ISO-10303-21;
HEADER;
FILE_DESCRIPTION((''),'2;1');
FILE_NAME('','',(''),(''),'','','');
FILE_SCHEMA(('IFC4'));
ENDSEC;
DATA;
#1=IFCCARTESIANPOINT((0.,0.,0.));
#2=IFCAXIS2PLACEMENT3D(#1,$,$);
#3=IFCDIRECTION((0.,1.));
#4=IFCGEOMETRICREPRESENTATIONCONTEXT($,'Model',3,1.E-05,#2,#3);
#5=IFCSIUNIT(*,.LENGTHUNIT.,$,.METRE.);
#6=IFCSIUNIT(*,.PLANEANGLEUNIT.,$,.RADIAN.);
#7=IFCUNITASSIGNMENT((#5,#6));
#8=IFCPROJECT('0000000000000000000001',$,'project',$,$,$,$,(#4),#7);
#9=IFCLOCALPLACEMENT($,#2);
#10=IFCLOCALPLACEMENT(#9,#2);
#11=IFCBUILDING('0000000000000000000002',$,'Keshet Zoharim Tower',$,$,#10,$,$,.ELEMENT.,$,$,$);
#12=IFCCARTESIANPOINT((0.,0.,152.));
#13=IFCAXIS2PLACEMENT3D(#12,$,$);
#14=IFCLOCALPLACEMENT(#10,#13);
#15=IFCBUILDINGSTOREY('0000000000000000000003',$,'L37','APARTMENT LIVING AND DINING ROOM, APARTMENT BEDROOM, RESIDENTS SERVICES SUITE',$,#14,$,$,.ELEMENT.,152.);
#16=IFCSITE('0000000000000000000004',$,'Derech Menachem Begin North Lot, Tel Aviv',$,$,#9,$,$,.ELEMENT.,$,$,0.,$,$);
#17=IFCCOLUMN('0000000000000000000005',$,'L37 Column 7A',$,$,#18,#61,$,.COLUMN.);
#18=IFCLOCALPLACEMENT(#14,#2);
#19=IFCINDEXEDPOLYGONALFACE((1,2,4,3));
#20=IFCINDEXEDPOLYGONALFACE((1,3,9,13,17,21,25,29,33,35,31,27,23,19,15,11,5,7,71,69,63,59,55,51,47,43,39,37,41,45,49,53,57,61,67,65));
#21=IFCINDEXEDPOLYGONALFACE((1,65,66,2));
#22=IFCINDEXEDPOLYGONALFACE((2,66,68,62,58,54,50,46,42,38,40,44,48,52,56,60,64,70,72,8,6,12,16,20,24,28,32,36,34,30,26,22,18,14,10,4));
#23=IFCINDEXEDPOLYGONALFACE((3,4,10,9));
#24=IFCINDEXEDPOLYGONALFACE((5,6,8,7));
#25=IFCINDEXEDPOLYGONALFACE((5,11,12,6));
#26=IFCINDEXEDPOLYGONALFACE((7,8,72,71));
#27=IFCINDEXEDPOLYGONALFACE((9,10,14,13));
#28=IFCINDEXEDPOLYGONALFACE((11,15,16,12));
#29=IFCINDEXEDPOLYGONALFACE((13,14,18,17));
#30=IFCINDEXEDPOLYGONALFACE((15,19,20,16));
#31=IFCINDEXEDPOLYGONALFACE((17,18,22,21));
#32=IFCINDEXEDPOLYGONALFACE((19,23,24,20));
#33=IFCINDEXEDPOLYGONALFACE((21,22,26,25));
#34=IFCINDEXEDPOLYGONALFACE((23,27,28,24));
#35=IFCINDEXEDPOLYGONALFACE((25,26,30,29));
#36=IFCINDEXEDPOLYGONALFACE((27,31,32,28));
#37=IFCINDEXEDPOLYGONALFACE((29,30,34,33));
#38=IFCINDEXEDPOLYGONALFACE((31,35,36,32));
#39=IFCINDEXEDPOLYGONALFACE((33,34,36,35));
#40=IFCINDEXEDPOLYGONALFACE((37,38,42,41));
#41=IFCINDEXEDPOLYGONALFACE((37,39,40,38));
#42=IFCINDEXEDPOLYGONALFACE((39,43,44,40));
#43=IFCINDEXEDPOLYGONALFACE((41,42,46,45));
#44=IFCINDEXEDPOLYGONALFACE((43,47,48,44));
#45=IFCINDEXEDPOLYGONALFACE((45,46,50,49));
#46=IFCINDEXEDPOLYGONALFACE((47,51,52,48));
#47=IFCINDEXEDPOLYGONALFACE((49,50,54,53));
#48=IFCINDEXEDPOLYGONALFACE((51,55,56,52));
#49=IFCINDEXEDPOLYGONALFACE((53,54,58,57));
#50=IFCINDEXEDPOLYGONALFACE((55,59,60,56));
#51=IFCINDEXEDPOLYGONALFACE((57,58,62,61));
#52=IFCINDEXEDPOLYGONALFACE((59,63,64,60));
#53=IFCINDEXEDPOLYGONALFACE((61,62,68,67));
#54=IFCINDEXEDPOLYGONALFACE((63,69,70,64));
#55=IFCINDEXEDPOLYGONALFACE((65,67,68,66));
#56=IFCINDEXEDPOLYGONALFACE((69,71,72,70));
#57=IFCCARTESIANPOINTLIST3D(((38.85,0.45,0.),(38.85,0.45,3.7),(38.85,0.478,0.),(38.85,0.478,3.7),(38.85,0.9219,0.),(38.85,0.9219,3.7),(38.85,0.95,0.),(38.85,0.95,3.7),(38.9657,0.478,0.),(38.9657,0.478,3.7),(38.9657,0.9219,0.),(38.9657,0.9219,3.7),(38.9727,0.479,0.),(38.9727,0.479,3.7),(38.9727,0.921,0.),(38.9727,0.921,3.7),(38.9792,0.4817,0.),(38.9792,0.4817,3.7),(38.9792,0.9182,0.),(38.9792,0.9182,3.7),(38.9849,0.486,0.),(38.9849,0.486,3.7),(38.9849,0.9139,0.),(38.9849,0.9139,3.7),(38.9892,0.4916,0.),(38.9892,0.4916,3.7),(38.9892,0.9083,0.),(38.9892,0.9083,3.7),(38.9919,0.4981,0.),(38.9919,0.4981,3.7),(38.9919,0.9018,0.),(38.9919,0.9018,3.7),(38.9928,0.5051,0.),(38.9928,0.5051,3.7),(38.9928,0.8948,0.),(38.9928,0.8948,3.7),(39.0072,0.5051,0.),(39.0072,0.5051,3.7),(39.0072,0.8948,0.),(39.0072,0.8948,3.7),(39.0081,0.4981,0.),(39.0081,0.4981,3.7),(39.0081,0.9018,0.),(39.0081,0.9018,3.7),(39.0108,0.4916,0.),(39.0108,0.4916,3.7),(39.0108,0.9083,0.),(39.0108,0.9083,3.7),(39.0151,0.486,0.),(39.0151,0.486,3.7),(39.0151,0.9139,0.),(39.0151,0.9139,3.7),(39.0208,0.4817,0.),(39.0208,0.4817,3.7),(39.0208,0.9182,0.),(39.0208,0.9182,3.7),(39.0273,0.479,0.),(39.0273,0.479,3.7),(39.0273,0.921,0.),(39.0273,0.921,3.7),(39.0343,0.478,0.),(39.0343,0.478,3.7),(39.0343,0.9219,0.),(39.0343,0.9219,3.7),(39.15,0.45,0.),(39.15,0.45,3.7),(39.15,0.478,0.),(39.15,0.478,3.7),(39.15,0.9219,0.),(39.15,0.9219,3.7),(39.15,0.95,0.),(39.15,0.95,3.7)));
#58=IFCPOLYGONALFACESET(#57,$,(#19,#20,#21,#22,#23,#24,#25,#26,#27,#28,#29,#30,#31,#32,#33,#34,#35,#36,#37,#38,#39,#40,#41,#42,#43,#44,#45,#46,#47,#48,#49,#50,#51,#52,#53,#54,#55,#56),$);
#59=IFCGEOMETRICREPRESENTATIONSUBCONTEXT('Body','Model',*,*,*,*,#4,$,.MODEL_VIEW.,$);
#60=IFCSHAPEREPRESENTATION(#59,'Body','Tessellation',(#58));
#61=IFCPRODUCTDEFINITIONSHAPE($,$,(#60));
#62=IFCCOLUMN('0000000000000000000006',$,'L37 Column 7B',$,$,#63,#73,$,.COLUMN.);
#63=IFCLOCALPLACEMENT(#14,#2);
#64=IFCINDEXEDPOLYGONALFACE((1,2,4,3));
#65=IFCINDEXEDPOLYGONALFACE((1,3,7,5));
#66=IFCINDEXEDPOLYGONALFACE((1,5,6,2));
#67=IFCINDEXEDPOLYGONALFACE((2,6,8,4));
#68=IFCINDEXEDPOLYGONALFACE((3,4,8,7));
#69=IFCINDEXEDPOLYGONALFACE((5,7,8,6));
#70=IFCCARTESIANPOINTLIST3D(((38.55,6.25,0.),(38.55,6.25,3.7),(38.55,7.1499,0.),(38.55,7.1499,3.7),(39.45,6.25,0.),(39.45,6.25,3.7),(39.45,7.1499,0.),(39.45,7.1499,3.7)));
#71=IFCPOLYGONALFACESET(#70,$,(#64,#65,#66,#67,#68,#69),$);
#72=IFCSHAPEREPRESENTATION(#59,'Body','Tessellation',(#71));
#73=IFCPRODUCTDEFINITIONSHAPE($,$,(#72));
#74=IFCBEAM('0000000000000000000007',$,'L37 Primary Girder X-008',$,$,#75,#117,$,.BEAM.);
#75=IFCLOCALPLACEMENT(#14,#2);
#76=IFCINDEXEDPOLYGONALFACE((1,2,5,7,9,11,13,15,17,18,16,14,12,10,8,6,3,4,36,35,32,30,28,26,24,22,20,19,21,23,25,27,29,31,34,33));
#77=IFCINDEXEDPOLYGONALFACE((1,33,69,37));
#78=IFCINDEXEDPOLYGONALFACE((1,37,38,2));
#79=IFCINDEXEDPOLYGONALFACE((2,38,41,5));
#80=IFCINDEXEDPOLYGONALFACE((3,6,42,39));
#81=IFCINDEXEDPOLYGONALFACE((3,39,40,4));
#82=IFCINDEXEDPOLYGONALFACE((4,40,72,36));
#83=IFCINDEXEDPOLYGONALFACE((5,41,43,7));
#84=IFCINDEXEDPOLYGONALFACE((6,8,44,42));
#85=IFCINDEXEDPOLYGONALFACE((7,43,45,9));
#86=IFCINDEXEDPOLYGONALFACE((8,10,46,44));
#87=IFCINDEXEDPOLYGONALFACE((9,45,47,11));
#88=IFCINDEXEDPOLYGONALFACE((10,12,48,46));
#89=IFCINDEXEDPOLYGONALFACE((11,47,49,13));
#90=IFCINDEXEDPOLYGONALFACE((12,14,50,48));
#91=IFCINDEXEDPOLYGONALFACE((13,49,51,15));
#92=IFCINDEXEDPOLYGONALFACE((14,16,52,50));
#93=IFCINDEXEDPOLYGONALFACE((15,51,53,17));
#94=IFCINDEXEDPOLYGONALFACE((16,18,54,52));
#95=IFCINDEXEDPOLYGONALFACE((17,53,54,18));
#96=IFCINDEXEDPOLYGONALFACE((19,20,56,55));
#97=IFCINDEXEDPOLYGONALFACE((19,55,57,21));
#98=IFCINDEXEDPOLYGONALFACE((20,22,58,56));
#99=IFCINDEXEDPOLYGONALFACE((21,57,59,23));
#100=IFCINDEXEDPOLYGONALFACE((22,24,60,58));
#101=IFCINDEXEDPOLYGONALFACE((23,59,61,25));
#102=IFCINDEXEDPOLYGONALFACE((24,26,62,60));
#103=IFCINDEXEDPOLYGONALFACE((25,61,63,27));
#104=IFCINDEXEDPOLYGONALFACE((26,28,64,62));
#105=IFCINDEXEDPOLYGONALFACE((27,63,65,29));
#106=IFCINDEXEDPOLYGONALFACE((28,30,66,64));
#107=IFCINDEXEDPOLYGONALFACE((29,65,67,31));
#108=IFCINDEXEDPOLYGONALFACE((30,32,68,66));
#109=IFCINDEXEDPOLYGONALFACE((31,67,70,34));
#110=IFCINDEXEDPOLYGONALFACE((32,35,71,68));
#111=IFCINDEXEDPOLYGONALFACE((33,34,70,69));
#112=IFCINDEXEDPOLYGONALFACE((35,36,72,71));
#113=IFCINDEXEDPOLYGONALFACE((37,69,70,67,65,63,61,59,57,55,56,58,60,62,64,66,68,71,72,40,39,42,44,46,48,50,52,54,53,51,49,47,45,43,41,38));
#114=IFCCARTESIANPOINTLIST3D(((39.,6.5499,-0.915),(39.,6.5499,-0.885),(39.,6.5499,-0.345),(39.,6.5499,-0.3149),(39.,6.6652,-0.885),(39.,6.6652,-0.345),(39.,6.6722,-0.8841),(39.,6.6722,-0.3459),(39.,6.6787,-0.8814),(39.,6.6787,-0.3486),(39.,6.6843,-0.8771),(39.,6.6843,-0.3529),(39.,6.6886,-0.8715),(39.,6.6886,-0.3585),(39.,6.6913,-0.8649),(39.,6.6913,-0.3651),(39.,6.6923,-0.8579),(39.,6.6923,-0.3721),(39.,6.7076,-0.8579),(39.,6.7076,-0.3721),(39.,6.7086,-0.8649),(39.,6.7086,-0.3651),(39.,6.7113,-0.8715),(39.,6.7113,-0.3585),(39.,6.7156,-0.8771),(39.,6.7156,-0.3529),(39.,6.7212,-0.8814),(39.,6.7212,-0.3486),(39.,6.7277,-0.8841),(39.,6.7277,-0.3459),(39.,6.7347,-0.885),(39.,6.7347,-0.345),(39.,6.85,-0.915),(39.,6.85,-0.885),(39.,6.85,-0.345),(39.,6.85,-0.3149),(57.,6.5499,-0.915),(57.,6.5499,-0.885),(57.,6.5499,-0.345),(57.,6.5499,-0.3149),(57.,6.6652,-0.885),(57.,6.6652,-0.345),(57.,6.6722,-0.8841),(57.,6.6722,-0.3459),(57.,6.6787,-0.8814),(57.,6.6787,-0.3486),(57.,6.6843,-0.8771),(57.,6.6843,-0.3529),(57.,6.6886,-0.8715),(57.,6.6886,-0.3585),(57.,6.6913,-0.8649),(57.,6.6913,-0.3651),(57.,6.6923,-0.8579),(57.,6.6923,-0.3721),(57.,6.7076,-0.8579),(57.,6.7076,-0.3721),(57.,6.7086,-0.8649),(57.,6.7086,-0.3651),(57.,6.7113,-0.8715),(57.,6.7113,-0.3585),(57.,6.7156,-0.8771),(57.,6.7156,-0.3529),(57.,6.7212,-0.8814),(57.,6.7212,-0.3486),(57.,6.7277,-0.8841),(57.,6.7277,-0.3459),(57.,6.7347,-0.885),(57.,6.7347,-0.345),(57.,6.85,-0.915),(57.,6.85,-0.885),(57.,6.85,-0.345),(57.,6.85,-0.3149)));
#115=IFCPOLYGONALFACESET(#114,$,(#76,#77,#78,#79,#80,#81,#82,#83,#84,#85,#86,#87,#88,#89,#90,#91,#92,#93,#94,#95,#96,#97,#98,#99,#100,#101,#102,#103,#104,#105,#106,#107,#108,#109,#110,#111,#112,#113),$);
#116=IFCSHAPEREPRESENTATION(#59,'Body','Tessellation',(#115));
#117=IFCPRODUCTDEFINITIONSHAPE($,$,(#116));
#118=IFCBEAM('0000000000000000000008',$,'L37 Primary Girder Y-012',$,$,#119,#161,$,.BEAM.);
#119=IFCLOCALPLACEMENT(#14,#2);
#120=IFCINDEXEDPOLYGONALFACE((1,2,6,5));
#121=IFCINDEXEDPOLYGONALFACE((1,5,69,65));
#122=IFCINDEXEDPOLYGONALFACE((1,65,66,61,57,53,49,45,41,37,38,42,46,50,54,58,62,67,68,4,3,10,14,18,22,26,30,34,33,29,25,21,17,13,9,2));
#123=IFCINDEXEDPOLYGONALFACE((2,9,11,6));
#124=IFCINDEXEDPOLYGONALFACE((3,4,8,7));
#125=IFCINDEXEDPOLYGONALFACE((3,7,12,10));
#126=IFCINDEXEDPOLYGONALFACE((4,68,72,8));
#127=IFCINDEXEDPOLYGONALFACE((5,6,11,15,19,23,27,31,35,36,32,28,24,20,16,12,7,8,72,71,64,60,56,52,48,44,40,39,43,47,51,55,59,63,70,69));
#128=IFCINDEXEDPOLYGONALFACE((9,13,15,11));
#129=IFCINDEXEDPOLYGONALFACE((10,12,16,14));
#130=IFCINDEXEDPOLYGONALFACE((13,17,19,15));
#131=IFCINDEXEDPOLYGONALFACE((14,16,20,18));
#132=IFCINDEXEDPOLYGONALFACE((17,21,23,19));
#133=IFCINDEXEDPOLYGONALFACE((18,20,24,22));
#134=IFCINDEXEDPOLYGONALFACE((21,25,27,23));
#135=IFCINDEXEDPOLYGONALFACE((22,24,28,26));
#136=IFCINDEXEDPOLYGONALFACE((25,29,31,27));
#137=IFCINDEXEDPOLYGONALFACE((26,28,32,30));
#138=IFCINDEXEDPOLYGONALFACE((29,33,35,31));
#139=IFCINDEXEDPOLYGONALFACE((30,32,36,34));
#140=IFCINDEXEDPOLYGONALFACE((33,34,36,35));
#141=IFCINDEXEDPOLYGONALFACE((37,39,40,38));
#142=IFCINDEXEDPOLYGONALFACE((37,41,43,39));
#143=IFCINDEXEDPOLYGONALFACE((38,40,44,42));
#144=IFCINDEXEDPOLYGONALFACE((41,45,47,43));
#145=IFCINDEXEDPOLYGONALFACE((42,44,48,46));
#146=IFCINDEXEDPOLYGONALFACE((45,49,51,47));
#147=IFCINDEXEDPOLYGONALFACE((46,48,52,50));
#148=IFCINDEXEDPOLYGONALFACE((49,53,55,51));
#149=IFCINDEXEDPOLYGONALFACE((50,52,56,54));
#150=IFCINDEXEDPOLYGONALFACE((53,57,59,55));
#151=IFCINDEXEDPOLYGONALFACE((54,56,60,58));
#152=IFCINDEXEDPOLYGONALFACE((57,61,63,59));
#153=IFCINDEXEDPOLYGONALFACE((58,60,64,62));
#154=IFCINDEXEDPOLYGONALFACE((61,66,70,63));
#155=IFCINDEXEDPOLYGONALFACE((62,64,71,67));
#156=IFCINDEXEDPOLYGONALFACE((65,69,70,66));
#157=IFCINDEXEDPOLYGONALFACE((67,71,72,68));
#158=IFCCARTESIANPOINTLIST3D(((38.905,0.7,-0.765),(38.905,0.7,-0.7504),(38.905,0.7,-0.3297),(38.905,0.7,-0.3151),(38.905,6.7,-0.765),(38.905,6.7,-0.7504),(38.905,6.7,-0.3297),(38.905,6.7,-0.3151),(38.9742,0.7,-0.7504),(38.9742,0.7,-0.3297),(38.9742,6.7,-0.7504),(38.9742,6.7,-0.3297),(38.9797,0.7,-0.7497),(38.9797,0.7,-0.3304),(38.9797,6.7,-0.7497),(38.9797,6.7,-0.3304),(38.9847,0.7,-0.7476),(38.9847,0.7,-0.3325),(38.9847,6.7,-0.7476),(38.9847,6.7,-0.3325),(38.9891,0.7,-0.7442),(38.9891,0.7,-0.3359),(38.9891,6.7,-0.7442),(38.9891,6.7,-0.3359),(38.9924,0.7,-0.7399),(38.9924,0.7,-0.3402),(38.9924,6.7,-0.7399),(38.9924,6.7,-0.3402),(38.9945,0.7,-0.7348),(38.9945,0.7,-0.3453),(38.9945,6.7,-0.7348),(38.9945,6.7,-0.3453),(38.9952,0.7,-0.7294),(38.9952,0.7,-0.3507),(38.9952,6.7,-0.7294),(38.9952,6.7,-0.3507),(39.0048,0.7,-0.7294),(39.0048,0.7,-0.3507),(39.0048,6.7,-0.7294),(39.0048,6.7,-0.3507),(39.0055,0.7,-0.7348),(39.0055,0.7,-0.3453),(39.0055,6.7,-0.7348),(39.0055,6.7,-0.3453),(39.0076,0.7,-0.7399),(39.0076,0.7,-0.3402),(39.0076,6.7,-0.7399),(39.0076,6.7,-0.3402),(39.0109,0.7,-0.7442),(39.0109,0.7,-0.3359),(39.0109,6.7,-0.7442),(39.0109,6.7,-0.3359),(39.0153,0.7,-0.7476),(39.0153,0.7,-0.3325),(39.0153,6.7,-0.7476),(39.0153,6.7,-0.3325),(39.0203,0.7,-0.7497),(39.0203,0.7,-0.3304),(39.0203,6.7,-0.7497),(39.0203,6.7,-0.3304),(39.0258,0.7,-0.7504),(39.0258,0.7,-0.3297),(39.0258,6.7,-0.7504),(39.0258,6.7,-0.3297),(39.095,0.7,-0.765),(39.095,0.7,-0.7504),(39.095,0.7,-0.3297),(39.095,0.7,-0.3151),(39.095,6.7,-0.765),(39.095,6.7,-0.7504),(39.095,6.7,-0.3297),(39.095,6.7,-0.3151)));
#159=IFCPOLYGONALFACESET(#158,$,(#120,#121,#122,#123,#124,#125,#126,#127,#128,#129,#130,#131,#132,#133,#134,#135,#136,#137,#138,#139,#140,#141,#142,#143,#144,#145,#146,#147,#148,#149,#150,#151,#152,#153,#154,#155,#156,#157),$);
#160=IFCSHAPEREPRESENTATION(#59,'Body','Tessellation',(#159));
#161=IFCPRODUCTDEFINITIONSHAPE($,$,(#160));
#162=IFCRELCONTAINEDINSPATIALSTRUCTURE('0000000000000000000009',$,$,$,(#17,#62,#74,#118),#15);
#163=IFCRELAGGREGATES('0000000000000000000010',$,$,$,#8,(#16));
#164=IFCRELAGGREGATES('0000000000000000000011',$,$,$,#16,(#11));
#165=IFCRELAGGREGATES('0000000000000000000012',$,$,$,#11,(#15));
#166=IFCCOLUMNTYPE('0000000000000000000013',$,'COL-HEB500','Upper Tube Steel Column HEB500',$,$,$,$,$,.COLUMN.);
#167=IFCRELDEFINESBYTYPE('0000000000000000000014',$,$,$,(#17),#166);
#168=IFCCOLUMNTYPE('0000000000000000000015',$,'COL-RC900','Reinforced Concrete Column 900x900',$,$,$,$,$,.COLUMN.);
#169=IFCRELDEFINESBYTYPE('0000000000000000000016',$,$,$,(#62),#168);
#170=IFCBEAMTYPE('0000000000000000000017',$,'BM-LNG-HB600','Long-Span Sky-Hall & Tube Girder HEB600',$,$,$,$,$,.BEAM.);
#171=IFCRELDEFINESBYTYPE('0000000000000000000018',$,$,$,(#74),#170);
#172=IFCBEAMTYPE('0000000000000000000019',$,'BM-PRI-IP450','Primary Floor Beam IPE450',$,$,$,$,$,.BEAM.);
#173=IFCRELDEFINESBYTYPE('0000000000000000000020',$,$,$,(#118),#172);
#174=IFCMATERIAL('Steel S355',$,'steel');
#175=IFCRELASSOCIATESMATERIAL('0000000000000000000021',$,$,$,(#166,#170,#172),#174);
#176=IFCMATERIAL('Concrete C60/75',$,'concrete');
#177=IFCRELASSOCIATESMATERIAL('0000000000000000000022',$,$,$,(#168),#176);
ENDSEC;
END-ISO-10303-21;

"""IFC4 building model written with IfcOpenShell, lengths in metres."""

from ifc_helpers import new_model, si_unit, direction, frame, origin, origin_2d, place, context, subcontext, project, spatial, rectangle, i_section, extrude, material, material_profile, profile_set, type_object, element, save


model = new_model("IFC4")

# Units and contexts
model_context = context("Model", 3, precision=1e-05, world=origin(), true_north=direction((0.0, 1.0)))
body_context = subcontext(model_context, "Body", "Model", "MODEL_VIEW")
ifc_project = project(units=[si_unit("LENGTHUNIT", "METRE"), si_unit("PLANEANGLEUNIT", "RADIAN")], contexts=[model_context])

# Site, building, storey
site_placement = place(None, origin())
site = spatial("IfcSite", under=ifc_project, at=site_placement, Name="Derech Menachem Begin North Lot, Tel Aviv", CompositionType="ELEMENT", RefElevation=0.0)
building_placement = place(site_placement, origin())
building = spatial("IfcBuilding", under=site, at=building_placement, Name="Keshet Zoharim Tower", CompositionType="ELEMENT")
storey_placement = place(building_placement, frame((0.0, 0.0, 152.0)))
storey = spatial("IfcBuildingStorey", under=building, at=storey_placement, Name="L37", Description="APARTMENT LIVING AND DINING ROOM, APARTMENT BEDROOM, RESIDENTS SERVICES SUITE", CompositionType="ELEMENT", Elevation=152.0)

# Columns
ifc_material_1 = material(Name="Steel S355", Category="steel")
ifc_material_profile_1 = material_profile(ifc_material_1, i_section(OverallWidth=0.3, OverallDepth=0.5, WebThickness=0.0144, FlangeThickness=0.0281, FilletRadius=0.0271, at=origin_2d()), Name="HEB500")
ifc_profile_set_1 = profile_set([ifc_material_profile_1], Name="Steel S355")
column_type_1 = type_object("IfcColumnType", Name="COL-HEB500", Description="Upper Tube Steel Column HEB500", PredefinedType="COLUMN", material=ifc_profile_set_1)
column_1_placement = place(storey_placement, frame((39.0, 0.7, 0.0), z_axis=(0.0, 0.0, 1.0), x_axis=(1.0, 0.0, 0.0)))
element("IfcColumn", 1, at=column_1_placement, inside=storey, type_object=column_type_1, Name="L37 Column 7A", PredefinedType="COLUMN", context=body_context, shape_type="SweptSolid", body=[
    extrude(i_section(OverallWidth=0.3, OverallDepth=0.5, WebThickness=0.0144, FlangeThickness=0.0281, FilletRadius=0.0271, at=origin_2d()), origin(), (0.0, 0.0, 1.0), 3.7),
])
ifc_material_2 = material(Name="Concrete C60/75", Category="concrete")
ifc_material_profile_2 = material_profile(ifc_material_2, rectangle(XDim=0.8999, YDim=0.8999, at=origin_2d()), Name="RC900x900")
ifc_profile_set_2 = profile_set([ifc_material_profile_2], Name="Concrete C60/75")
column_type_2 = type_object("IfcColumnType", Name="COL-RC900", Description="Reinforced Concrete Column 900x900", PredefinedType="COLUMN", material=ifc_profile_set_2)
column_2_placement = place(storey_placement, frame((39.0, 6.7, 0.0), z_axis=(0.0, 0.0, 1.0), x_axis=(1.0, 0.0, 0.0)))
element("IfcColumn", 2, at=column_2_placement, inside=storey, type_object=column_type_2, Name="L37 Column 7B", PredefinedType="COLUMN", context=body_context, shape_type="SweptSolid", body=[
    extrude(rectangle(XDim=0.8999, YDim=0.8999, at=origin_2d()), origin(), (0.0, 0.0, 1.0), 3.7),
])

# Beams
ifc_material_profile_3 = material_profile(ifc_material_1, i_section(OverallWidth=0.3, OverallDepth=0.6001, WebThickness=0.0154, FlangeThickness=0.03, FilletRadius=0.0271, at=origin_2d()), Name="HEB600")
ifc_profile_set_3 = profile_set([ifc_material_profile_3], Name="Steel S355")
beam_type_1 = type_object("IfcBeamType", Name="BM-LNG-HB600", Description="Long-Span Sky-Hall & Tube Girder HEB600", PredefinedType="BEAM", material=ifc_profile_set_3)
beam_1_placement = place(storey_placement, frame((39.0, 6.7, -0.615), z_axis=(1.0, 0.0, 0.0), x_axis=(0.0, 1.0, 0.0)))
element("IfcBeam", 3, at=beam_1_placement, inside=storey, type_object=beam_type_1, Name="L37 Primary Girder X-008", PredefinedType="BEAM", context=body_context, shape_type="SweptSolid", body=[
    extrude(i_section(OverallWidth=0.3, OverallDepth=0.6001, WebThickness=0.0154, FlangeThickness=0.03, FilletRadius=0.0271, at=origin_2d()), origin(), (0.0, 0.0, 1.0), 18.0),
])
ifc_material_profile_4 = material_profile(ifc_material_1, i_section(OverallWidth=0.1899, OverallDepth=0.45, WebThickness=0.0095, FlangeThickness=0.0146, FilletRadius=0.021, at=origin_2d()), Name="IPE450")
ifc_profile_set_4 = profile_set([ifc_material_profile_4], Name="Steel S355")
beam_type_2 = type_object("IfcBeamType", Name="BM-PRI-IP450", Description="Primary Floor Beam IPE450", PredefinedType="BEAM", material=ifc_profile_set_4)
beam_2_placement = place(storey_placement, frame((39.0, 0.7, -0.54), z_axis=(0.0, 1.0, 0.0), x_axis=(-1.0, 0.0, 0.0)))
element("IfcBeam", 4, at=beam_2_placement, inside=storey, type_object=beam_type_2, Name="L37 Primary Girder Y-012", PredefinedType="BEAM", context=body_context, shape_type="SweptSolid", body=[
    extrude(i_section(OverallWidth=0.1899, OverallDepth=0.45, WebThickness=0.0095, FlangeThickness=0.0146, FilletRadius=0.021, at=origin_2d()), origin(), (0.0, 0.0, 1.0), 6.0),
])

save(model, "model.ifc")
